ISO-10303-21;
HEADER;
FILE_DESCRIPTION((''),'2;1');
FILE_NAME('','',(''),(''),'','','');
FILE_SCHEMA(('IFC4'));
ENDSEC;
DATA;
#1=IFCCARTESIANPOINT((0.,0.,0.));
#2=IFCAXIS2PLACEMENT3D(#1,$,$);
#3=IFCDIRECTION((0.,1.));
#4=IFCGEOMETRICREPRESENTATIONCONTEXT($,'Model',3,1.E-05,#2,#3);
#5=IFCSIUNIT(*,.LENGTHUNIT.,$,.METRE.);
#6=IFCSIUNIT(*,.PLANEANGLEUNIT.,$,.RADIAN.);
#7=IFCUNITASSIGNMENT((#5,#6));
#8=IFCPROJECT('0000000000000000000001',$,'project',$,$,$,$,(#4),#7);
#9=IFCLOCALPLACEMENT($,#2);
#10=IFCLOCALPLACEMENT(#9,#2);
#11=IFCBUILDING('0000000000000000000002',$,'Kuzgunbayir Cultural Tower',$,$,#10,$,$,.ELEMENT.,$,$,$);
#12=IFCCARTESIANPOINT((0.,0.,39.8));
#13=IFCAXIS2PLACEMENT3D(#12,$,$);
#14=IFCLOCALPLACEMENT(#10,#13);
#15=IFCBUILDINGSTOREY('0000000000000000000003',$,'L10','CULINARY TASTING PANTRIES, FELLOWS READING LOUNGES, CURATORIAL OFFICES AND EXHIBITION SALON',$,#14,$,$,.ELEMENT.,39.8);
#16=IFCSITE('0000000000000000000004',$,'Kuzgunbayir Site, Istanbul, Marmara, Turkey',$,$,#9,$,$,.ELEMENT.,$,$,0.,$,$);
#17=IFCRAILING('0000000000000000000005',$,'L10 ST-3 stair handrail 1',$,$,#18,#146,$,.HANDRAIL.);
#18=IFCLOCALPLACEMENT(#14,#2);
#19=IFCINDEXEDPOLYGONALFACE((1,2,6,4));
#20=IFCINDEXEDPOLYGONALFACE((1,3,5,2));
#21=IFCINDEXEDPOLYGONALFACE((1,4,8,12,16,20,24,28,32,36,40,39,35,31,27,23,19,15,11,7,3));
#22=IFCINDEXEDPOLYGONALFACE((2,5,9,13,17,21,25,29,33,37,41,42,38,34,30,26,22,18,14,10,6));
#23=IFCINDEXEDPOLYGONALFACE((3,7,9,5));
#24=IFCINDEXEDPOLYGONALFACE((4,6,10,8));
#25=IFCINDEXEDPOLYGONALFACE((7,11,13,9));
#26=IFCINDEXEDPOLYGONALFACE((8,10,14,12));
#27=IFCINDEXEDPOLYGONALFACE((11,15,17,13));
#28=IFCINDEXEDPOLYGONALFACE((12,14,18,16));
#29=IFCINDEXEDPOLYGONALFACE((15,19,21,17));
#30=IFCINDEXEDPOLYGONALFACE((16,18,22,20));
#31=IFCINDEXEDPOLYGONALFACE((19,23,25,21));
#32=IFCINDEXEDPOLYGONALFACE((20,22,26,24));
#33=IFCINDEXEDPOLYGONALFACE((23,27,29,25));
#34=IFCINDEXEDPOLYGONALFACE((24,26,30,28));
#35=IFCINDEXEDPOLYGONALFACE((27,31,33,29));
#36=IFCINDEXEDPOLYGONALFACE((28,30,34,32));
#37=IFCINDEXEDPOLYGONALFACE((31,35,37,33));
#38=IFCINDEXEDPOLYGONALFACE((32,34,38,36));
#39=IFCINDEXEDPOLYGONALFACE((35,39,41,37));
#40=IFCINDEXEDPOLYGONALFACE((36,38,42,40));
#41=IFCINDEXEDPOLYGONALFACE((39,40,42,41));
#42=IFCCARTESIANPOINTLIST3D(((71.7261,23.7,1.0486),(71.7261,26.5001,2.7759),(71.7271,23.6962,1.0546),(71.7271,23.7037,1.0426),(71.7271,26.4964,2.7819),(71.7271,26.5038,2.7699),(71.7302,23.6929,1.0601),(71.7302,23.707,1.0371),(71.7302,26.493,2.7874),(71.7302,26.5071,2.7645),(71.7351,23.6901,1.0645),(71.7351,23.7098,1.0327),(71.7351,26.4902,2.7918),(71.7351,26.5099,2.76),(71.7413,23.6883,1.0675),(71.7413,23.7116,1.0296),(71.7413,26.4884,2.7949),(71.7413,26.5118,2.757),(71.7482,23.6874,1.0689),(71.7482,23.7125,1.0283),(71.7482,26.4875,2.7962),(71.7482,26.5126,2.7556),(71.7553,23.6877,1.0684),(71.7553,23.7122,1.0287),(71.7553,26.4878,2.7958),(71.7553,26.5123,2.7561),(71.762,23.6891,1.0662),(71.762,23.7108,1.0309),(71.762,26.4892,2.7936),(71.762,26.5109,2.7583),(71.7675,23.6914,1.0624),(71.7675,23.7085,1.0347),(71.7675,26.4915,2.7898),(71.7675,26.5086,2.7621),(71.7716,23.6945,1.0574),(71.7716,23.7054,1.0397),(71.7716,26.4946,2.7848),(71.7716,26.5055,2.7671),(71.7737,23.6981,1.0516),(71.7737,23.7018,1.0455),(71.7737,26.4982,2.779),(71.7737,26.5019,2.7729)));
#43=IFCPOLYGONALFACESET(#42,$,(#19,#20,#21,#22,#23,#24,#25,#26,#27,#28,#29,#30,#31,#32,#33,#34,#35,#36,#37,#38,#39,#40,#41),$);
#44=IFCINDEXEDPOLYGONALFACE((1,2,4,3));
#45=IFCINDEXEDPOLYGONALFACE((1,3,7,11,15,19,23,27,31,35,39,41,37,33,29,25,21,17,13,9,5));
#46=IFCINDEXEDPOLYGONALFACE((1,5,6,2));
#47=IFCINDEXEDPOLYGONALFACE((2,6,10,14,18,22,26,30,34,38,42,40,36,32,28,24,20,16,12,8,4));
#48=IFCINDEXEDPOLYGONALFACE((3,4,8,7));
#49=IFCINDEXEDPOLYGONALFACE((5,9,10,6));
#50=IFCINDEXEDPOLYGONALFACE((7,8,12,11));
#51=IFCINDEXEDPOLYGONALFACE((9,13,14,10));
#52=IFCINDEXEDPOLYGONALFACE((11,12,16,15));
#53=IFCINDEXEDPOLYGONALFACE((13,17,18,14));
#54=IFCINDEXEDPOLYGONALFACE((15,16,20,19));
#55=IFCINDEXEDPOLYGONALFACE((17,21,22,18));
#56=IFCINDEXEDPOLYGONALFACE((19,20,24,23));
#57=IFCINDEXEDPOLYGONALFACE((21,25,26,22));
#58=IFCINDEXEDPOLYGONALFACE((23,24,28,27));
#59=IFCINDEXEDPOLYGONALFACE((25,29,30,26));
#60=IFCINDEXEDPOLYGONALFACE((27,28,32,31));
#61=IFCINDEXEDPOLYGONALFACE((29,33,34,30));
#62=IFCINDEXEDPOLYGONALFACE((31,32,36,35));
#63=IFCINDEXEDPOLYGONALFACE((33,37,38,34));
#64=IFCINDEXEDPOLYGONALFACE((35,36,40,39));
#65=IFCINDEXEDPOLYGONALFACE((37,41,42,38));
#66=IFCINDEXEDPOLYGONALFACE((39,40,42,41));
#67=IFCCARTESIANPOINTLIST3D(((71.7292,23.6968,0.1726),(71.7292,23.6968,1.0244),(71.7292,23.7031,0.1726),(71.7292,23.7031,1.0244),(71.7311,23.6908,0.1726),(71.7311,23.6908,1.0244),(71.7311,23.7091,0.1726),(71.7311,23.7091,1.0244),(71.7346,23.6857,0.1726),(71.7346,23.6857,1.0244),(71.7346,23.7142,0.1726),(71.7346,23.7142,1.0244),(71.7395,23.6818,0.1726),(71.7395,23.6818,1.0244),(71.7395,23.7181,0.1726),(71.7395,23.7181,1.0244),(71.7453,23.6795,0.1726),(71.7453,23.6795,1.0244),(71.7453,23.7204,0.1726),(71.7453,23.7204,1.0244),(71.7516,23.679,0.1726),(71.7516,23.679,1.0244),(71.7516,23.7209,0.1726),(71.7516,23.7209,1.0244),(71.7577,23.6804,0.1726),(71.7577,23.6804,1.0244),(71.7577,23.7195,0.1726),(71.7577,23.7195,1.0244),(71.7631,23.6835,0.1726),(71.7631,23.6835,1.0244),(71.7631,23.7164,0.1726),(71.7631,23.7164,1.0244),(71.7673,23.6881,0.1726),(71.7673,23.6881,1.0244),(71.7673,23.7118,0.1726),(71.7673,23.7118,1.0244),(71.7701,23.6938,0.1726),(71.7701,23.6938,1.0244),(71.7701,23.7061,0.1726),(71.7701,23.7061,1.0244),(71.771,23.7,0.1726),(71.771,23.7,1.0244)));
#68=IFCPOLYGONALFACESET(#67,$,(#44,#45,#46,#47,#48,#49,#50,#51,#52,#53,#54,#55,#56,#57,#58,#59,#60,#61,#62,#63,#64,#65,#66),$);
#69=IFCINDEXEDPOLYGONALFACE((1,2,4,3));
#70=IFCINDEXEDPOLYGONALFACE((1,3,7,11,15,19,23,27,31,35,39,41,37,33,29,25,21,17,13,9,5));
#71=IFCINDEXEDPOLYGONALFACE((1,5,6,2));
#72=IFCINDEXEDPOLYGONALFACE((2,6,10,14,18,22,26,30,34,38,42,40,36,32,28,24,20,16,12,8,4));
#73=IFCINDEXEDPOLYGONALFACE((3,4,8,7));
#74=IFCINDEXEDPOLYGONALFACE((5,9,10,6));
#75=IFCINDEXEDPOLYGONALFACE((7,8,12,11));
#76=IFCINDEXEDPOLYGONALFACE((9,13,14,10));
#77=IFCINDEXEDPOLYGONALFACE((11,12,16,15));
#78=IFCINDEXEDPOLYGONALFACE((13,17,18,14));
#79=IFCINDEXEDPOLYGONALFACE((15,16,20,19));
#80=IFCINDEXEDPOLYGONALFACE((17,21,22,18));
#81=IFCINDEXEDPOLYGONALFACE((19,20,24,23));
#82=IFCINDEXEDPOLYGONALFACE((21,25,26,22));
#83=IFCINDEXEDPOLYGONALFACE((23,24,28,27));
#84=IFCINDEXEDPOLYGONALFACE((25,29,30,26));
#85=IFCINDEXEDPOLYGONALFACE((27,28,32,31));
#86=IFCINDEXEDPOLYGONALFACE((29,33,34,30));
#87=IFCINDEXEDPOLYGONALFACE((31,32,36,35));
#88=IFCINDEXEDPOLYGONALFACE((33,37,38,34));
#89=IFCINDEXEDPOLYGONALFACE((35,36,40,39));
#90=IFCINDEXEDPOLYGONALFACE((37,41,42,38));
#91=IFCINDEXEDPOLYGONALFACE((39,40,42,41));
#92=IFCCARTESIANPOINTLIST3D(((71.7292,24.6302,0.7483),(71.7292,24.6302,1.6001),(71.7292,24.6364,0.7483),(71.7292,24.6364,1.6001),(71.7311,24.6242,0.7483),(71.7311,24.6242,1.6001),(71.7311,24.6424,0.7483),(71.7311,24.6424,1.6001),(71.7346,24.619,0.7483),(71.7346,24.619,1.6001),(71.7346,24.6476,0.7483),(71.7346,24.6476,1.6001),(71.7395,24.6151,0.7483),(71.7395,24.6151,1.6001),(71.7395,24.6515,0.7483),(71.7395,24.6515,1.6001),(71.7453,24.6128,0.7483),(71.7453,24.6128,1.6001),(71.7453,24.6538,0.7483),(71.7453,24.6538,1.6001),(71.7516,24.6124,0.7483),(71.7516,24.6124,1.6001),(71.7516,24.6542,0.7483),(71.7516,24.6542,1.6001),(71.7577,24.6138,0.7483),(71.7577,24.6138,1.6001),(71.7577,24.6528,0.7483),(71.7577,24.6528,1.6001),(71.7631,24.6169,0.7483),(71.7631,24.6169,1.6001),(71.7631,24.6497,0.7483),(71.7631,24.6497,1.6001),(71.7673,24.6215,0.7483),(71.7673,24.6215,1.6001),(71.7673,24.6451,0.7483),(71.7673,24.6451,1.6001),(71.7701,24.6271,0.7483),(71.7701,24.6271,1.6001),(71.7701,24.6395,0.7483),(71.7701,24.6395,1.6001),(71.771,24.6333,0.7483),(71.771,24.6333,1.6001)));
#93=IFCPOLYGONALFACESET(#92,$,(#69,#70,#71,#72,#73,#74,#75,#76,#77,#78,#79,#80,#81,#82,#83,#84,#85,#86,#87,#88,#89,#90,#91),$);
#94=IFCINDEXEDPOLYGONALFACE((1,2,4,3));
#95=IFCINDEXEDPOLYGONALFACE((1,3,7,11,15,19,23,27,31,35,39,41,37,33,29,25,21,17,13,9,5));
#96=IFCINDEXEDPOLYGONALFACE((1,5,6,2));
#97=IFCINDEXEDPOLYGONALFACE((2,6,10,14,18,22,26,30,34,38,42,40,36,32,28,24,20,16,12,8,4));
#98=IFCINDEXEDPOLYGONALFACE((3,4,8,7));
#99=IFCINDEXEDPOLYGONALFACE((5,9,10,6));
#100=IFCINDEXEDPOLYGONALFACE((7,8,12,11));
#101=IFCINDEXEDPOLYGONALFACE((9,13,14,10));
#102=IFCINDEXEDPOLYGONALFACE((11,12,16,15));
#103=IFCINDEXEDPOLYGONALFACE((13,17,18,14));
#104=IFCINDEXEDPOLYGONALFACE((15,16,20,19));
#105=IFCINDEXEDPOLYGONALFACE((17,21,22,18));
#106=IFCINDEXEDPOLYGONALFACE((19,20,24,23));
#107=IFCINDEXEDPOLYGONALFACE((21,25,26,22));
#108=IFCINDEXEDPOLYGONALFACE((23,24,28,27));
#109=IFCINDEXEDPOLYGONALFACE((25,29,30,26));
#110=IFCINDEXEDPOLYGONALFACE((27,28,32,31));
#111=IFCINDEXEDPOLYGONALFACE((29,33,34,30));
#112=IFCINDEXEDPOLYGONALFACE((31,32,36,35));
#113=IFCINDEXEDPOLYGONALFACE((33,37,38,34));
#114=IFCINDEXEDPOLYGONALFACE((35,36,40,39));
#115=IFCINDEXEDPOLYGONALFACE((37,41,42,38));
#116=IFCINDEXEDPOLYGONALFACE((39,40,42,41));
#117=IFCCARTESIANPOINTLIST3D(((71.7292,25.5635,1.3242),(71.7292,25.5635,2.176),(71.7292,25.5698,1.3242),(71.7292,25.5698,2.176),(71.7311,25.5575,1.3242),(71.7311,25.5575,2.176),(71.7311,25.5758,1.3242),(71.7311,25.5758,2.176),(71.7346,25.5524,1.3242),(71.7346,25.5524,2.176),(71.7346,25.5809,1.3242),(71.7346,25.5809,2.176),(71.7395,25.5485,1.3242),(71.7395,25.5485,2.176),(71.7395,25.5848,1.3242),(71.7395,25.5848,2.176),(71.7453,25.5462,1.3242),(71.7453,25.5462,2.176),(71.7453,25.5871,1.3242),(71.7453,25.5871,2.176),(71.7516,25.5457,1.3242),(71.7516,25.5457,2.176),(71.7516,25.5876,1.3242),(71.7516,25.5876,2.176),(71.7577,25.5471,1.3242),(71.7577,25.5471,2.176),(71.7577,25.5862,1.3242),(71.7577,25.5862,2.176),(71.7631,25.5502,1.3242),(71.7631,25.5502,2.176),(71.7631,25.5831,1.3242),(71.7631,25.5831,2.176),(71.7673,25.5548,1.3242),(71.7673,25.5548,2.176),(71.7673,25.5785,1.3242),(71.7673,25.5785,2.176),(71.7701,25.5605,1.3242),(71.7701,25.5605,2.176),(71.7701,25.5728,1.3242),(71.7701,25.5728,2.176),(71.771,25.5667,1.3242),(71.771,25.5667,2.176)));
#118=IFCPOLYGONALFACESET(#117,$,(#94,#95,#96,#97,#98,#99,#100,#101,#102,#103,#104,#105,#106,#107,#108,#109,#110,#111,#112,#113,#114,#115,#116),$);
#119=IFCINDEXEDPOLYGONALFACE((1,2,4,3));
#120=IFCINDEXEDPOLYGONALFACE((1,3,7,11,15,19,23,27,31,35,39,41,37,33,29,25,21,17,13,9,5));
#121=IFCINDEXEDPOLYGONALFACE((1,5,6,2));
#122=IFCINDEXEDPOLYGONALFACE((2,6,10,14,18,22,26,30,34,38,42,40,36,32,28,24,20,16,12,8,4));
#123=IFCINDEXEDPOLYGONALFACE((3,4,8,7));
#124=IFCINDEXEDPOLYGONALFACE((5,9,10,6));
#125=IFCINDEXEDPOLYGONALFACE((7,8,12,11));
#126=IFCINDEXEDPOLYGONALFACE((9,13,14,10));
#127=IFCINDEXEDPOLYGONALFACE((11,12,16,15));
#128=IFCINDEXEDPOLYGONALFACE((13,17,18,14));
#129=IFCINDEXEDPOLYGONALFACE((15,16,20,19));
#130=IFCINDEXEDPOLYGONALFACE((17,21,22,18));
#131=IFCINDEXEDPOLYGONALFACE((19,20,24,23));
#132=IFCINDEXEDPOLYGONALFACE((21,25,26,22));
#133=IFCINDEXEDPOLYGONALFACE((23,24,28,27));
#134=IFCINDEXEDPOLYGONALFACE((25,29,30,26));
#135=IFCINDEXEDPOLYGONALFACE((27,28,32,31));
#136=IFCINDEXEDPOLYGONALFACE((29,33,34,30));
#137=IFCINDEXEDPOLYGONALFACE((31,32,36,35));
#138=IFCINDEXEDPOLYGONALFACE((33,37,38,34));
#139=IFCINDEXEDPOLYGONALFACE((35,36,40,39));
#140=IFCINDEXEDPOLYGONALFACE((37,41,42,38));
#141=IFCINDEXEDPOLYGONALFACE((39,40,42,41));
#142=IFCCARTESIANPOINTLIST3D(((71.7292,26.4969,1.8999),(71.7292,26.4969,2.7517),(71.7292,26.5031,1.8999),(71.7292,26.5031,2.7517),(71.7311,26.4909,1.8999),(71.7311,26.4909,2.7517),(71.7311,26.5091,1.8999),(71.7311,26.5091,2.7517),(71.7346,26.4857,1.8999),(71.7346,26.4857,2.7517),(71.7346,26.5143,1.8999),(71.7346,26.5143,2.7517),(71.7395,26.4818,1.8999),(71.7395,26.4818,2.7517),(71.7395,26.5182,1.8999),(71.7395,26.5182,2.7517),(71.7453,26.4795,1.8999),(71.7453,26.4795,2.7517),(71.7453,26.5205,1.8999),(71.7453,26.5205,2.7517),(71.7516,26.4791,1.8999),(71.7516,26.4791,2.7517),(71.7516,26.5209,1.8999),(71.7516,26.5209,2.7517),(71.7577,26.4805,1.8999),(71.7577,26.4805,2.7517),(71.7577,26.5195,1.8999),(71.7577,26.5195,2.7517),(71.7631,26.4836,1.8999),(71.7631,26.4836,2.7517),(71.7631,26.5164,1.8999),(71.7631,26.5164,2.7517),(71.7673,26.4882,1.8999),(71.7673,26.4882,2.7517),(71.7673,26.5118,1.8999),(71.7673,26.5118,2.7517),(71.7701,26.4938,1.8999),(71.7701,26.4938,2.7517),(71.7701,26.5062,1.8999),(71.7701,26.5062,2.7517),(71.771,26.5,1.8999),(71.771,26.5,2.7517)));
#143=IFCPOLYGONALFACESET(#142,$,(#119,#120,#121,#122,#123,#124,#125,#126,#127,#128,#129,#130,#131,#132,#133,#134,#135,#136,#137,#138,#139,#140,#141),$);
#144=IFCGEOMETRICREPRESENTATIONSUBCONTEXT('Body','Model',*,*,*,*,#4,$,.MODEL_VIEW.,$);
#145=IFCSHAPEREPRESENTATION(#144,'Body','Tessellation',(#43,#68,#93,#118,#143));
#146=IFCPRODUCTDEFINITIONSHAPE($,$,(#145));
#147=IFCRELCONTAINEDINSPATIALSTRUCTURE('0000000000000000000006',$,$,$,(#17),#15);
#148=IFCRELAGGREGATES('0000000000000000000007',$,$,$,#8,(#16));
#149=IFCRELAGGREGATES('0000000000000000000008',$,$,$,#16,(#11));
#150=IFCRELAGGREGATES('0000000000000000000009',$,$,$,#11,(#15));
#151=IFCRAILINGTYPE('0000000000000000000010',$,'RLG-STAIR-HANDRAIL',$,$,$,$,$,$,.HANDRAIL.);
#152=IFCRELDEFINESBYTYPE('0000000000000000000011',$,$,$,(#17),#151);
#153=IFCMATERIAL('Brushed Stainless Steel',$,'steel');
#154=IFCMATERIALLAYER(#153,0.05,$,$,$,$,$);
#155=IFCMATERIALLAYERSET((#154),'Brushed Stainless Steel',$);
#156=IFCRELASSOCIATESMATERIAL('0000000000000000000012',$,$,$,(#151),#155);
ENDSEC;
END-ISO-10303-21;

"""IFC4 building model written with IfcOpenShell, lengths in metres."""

from ifc_helpers import new_model, si_unit, direction, frame, origin, origin_2d, place, context, subcontext, project, spatial, circle, extrude, material, layer, layer_set, type_object, element, save


model = new_model("IFC4")

# Units and contexts
model_context = context("Model", 3, precision=1e-05, world=origin(), true_north=direction((0.0, 1.0)))
body_context = subcontext(model_context, "Body", "Model", "MODEL_VIEW")
ifc_project = project(units=[si_unit("LENGTHUNIT", "METRE"), si_unit("PLANEANGLEUNIT", "RADIAN")], contexts=[model_context])

# Site, building, storey
site_placement = place(None, origin())
site = spatial("IfcSite", under=ifc_project, at=site_placement, Name="Kuzgunbayir Site, Istanbul, Marmara, Turkey", CompositionType="ELEMENT", RefElevation=0.0)
building_placement = place(site_placement, origin())
building = spatial("IfcBuilding", under=site, at=building_placement, Name="Kuzgunbayir Cultural Tower", CompositionType="ELEMENT")
storey_placement = place(building_placement, frame((0.0, 0.0, 39.8)))
storey = spatial("IfcBuildingStorey", under=building, at=storey_placement, Name="L10", Description="CULINARY TASTING PANTRIES, FELLOWS READING LOUNGES, CURATORIAL OFFICES AND EXHIBITION SALON", CompositionType="ELEMENT", Elevation=39.8)

# Railing
ifc_material_1 = material(Name="Brushed Stainless Steel", Category="steel")
ifc_layer_1 = layer(ifc_material_1, 0.05)
ifc_layer_set_1 = layer_set([ifc_layer_1], Name="Brushed Stainless Steel")
railing_type_1 = type_object("IfcRailingType", Name="RLG-STAIR-HANDRAIL", PredefinedType="HANDRAIL", material=ifc_layer_set_1)
railing_1_placement = place(storey_placement, frame((71.75, 23.7, 0.1726)))
element("IfcRailing", 1, at=railing_1_placement, inside=storey, type_object=railing_type_1, Name="L10 ST-3 stair handrail 1", PredefinedType="HANDRAIL", context=body_context, shape_type="SweptSolid", body=[
    extrude(circle(Radius=0.0239, at=origin_2d()), frame((0.0, 0.0, 0.876), z_axis=(0.0, 0.85109, 0.52502), x_axis=(-1.0, 0.0, 0.0)), (0.0, 0.0, 1.0), 3.29),
    extrude(circle(Radius=0.021, at=origin_2d()), origin(), (0.0, 0.0, 1.0), 0.8518),
    extrude(circle(Radius=0.021, at=origin_2d()), frame((0.0, 0.9333, 0.5757)), (0.0, 0.0, 1.0), 0.8518),
    extrude(circle(Radius=0.021, at=origin_2d()), frame((0.0, 1.8667, 1.1516)), (0.0, 0.0, 1.0), 0.8518),
    extrude(circle(Radius=0.021, at=origin_2d()), frame((0.0, 2.8, 1.7273)), (0.0, 0.0, 1.0), 0.8518),
])

save(model, "model.ifc")
